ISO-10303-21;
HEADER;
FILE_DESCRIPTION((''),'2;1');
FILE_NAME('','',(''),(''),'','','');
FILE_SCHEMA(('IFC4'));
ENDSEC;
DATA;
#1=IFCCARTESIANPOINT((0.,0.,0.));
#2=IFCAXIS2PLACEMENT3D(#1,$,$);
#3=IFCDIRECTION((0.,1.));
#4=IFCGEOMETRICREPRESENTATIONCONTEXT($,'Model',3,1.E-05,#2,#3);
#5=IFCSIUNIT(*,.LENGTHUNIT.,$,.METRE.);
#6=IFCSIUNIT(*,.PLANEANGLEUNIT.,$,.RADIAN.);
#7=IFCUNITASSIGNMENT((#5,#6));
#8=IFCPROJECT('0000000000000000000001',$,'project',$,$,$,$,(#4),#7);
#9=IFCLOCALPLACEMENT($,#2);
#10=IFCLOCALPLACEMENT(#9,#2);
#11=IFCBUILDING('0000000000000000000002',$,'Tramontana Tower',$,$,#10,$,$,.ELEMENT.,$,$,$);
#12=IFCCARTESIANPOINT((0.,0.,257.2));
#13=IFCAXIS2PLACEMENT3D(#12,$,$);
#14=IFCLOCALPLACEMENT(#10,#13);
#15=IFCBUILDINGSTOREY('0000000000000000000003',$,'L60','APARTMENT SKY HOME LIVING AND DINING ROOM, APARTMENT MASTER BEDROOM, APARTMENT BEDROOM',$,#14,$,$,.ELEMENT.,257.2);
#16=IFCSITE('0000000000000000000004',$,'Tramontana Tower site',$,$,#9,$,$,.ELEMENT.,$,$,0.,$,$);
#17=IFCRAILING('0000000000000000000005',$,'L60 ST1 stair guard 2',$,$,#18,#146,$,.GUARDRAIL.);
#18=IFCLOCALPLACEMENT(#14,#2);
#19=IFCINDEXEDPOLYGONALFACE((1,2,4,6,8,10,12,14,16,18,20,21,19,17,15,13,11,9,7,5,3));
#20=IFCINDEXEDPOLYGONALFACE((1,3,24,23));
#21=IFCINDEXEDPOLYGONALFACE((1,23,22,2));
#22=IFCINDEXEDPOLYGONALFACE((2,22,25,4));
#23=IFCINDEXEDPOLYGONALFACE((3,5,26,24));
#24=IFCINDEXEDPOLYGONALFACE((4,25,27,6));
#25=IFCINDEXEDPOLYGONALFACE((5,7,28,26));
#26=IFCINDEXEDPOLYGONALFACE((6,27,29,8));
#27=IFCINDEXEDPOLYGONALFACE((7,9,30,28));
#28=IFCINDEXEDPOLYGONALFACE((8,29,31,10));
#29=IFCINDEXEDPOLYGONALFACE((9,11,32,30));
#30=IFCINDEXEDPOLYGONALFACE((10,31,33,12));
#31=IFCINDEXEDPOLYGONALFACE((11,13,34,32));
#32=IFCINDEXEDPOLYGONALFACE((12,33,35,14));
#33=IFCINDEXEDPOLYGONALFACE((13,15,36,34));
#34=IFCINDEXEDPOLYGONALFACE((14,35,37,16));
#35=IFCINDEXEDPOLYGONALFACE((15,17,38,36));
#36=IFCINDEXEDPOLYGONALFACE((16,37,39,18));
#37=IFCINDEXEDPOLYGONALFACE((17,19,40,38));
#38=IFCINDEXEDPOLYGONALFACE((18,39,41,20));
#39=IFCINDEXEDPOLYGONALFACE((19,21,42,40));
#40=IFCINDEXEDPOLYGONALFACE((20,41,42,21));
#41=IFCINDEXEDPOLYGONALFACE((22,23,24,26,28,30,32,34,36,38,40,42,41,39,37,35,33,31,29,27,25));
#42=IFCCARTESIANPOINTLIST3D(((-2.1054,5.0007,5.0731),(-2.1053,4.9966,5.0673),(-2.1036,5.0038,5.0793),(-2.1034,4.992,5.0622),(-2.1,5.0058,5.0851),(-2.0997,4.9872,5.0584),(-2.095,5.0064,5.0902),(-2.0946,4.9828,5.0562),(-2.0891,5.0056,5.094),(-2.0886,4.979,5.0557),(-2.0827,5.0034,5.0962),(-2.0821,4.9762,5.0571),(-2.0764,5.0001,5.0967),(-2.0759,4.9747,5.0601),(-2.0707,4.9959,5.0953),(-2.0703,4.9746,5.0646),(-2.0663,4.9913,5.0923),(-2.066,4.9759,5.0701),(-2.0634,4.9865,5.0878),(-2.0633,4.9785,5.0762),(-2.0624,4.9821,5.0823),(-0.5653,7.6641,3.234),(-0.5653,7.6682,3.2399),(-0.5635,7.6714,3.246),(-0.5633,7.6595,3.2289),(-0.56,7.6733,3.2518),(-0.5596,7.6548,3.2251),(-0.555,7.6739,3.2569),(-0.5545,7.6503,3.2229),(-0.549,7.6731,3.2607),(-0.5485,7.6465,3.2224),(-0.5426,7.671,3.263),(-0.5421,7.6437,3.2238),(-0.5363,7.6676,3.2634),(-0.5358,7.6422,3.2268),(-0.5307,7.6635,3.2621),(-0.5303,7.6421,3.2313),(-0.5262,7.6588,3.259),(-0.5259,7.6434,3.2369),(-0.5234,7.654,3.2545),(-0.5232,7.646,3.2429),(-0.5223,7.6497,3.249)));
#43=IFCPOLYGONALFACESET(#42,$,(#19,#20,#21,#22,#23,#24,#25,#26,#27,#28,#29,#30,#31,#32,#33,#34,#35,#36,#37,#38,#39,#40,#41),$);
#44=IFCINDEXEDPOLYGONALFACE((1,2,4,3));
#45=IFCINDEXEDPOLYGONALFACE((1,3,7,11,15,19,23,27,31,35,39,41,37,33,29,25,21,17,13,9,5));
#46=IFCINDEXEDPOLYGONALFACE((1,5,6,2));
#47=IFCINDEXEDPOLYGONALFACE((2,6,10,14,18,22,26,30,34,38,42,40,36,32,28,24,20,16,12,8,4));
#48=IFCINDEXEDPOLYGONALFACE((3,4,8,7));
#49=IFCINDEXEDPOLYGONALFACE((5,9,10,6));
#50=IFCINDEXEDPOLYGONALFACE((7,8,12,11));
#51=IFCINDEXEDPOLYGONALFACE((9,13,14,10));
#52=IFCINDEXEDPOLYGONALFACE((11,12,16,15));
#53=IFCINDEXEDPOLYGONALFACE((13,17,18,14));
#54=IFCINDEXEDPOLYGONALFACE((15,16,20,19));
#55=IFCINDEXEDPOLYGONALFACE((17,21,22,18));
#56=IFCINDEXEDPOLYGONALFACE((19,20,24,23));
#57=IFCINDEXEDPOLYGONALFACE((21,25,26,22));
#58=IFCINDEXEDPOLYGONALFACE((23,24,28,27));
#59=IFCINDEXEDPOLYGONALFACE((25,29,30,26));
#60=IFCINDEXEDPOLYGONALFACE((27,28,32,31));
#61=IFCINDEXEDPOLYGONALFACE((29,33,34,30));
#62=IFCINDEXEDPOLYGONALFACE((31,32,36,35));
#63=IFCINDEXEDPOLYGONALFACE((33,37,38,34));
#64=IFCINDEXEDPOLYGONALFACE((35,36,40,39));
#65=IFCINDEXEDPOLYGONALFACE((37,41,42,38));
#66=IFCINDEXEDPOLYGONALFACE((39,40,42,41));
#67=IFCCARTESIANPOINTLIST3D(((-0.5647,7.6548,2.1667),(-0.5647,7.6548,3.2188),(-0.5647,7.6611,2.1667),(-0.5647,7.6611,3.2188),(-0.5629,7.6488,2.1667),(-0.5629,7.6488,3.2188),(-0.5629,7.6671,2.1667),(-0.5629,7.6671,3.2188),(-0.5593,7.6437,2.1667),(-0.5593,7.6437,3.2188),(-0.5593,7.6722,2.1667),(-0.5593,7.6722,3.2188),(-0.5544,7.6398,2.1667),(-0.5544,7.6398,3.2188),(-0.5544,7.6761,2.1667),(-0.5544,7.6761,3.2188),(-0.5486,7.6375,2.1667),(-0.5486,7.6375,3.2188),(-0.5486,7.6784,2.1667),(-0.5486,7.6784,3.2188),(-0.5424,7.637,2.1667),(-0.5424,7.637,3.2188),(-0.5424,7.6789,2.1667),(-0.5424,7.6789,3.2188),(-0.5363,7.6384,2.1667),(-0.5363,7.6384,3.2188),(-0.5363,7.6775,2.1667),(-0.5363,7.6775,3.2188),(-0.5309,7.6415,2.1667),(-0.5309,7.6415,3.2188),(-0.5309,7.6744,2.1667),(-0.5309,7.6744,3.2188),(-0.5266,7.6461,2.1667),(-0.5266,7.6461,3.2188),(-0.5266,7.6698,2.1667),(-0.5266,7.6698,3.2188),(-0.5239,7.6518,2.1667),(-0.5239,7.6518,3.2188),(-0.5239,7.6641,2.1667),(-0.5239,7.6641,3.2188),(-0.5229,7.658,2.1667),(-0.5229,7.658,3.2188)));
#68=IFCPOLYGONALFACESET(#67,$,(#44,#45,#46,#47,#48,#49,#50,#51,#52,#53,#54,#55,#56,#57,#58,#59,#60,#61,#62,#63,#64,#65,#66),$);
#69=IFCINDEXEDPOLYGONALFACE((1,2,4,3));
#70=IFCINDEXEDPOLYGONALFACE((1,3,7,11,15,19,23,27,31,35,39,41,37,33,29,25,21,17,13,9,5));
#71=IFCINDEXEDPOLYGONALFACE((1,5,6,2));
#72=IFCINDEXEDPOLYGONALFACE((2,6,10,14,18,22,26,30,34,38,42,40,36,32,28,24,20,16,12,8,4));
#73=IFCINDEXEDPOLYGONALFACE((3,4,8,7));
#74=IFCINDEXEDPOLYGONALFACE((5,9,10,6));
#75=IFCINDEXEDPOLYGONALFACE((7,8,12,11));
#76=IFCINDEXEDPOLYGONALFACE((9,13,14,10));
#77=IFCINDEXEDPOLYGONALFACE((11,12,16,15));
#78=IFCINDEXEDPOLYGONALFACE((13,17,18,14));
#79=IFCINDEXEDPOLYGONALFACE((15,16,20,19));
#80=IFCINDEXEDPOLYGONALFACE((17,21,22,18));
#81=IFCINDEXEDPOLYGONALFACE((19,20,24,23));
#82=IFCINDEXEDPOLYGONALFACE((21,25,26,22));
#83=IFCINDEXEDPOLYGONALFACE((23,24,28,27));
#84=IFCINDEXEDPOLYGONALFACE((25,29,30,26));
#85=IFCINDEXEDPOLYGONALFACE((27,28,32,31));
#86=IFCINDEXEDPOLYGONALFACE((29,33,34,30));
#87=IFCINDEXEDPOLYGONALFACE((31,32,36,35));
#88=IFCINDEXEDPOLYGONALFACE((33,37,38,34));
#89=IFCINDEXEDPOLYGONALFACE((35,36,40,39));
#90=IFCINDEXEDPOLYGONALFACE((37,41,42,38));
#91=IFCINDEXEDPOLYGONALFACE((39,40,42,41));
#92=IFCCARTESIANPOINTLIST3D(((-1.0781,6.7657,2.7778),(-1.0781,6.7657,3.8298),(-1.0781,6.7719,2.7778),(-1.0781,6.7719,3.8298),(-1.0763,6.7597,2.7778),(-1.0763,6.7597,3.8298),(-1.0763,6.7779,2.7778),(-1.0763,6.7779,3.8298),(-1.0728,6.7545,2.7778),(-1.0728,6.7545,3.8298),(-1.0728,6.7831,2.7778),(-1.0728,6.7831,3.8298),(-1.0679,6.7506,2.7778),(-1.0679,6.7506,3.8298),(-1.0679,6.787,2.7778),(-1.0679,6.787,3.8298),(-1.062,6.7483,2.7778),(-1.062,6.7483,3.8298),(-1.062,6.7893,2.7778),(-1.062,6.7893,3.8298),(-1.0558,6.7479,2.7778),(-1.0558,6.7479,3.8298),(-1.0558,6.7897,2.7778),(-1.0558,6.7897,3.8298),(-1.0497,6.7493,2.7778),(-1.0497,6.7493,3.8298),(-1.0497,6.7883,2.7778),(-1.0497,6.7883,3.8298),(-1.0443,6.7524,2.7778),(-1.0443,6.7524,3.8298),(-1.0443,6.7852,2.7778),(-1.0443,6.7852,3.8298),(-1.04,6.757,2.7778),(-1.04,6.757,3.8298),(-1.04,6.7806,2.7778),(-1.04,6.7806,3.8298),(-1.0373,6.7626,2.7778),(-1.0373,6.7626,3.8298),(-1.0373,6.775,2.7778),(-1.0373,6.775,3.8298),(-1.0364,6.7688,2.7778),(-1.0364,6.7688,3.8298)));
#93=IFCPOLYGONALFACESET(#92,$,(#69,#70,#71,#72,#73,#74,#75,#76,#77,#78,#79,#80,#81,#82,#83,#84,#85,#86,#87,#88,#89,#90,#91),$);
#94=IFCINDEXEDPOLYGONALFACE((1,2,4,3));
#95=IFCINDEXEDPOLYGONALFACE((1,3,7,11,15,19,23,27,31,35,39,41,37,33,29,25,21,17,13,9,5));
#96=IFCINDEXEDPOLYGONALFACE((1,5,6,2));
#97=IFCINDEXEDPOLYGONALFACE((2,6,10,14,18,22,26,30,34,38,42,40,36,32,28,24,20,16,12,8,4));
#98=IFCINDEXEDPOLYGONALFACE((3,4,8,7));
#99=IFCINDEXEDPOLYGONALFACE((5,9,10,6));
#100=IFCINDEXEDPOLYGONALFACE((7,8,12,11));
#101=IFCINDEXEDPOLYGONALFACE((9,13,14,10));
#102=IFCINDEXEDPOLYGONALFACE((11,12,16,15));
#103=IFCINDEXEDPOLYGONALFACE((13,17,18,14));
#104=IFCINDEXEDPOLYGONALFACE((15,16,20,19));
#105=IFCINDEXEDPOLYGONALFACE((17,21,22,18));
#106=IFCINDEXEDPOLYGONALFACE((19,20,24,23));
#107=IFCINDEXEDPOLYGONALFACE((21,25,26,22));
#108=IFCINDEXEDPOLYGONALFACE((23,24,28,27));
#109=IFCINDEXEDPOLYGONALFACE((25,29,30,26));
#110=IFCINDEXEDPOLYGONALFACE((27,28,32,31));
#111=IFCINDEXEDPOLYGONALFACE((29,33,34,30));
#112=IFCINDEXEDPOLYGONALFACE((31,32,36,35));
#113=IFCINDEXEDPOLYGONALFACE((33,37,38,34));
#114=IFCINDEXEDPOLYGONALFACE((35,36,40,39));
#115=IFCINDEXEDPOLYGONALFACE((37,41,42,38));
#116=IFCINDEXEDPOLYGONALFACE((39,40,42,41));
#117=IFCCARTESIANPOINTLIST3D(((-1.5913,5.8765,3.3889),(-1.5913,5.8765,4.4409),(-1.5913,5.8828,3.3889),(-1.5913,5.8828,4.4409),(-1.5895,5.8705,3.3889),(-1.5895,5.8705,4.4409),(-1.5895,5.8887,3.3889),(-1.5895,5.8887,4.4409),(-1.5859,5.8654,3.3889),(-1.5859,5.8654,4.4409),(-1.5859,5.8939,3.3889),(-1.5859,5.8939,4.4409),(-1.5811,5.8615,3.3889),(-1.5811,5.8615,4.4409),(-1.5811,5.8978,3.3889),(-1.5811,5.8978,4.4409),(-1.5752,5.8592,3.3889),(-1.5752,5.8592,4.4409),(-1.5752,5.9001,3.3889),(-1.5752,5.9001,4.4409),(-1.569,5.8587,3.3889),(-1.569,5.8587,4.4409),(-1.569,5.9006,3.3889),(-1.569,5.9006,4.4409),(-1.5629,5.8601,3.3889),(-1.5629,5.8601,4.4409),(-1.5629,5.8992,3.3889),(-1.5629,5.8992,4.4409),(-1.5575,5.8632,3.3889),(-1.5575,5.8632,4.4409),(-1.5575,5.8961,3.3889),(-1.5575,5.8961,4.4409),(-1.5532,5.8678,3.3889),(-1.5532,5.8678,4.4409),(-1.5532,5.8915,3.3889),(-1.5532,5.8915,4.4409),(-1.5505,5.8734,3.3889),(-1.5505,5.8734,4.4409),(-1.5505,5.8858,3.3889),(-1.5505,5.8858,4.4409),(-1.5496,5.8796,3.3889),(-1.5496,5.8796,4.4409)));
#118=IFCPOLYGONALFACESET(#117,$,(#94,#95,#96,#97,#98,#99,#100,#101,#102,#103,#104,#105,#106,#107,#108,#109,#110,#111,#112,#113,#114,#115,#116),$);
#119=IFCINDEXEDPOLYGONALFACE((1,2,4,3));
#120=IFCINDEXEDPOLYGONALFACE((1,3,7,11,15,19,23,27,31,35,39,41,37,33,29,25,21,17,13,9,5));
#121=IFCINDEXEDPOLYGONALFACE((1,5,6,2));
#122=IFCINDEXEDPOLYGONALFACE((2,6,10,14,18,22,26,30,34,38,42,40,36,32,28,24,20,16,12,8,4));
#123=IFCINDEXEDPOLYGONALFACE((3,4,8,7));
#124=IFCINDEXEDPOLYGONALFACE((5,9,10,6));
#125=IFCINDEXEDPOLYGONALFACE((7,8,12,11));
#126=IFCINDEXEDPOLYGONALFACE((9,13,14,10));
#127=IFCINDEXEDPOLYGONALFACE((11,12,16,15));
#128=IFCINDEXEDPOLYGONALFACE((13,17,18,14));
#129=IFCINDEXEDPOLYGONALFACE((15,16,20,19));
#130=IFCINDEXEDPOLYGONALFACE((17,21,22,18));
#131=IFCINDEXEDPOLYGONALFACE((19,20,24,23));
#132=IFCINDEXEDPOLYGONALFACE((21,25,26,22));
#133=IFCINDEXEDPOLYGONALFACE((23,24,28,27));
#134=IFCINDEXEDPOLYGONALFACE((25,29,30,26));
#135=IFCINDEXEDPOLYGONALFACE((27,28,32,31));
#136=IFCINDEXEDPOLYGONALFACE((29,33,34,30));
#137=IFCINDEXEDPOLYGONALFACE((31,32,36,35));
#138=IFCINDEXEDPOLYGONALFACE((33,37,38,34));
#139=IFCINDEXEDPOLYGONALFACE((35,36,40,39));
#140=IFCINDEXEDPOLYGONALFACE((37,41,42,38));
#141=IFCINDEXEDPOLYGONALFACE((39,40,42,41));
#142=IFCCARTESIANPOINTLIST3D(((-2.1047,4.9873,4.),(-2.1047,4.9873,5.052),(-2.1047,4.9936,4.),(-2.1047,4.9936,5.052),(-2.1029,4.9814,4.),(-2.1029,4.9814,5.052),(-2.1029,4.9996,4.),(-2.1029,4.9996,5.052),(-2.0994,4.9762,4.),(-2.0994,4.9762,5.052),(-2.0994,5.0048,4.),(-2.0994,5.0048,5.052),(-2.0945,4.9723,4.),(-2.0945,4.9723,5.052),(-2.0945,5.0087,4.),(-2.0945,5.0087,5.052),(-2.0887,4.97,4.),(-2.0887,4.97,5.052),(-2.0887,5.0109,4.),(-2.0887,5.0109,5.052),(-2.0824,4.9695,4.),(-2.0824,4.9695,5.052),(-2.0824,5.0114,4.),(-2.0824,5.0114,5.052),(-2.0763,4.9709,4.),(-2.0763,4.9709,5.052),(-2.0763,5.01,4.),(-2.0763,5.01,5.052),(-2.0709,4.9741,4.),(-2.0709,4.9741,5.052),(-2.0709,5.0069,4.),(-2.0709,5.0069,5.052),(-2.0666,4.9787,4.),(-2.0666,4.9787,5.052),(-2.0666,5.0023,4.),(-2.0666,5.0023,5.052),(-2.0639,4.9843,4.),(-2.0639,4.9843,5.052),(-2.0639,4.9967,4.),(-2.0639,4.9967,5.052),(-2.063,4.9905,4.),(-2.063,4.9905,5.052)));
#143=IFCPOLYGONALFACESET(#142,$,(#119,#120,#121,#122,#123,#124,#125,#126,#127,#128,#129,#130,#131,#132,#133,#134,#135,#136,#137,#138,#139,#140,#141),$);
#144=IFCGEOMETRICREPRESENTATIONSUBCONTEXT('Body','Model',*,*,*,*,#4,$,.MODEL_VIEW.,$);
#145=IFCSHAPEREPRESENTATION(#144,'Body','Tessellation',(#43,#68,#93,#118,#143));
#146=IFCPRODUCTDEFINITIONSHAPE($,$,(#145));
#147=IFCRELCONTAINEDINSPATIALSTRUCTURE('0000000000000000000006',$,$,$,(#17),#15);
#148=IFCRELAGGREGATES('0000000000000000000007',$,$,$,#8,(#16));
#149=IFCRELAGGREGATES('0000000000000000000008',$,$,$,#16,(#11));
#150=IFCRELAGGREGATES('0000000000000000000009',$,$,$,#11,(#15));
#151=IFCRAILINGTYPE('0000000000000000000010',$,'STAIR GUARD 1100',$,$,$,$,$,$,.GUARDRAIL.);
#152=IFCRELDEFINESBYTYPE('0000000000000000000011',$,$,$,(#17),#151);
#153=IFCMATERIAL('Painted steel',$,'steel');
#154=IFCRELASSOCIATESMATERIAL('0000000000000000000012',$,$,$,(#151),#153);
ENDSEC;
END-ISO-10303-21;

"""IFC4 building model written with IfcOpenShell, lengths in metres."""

from ifc_helpers import new_model, si_unit, direction, frame, origin, origin_2d, place, context, subcontext, project, spatial, circle, extrude, material, type_object, element, save


model = new_model("IFC4")

# Units and contexts
model_context = context("Model", 3, precision=1e-05, world=origin(), true_north=direction((0.0, 1.0)))
body_context = subcontext(model_context, "Body", "Model", "MODEL_VIEW")
ifc_project = project(units=[si_unit("LENGTHUNIT", "METRE"), si_unit("PLANEANGLEUNIT", "RADIAN")], contexts=[model_context])

# Site, building, storey
site_placement = place(None, origin())
site = spatial("IfcSite", under=ifc_project, at=site_placement, Name="Tramontana Tower site", CompositionType="ELEMENT", RefElevation=0.0)
building_placement = place(site_placement, origin())
building = spatial("IfcBuilding", under=site, at=building_placement, Name="Tramontana Tower", CompositionType="ELEMENT")
storey_placement = place(building_placement, frame((0.0, 0.0, 257.2)))
storey = spatial("IfcBuildingStorey", under=building, at=storey_placement, Name="L60", Description="APARTMENT SKY HOME LIVING AND DINING ROOM, APARTMENT MASTER BEDROOM, APARTMENT BEDROOM", CompositionType="ELEMENT", Elevation=257.2)

# Railing
ifc_material_1 = material(Name="Painted steel", Category="steel")
railing_type_1 = type_object("IfcRailingType", Name="STAIR GUARD 1100", PredefinedType="GUARDRAIL", material=ifc_material_1)
railing_1_placement = place(storey_placement, frame((-0.5439, 7.658, 2.1667)))
element("IfcRailing", 1, at=railing_1_placement, inside=storey, type_object=railing_type_1, Name="L60 ST1 stair guard 2", PredefinedType="GUARDRAIL", context=body_context, shape_type="SweptSolid", body=[
    extrude(circle(Radius=0.0239, at=origin_2d()), frame((0.0, 0.0, 1.0762), z_axis=(-0.429649, -0.74419, 0.511452), x_axis=(0.86603, -0.499992, 0.0)), (0.0, 0.0, 1.0), 3.5845),
    extrude(circle(Radius=0.021, at=origin_2d()), origin(), (0.0, 0.0, 1.0), 1.052),
    extrude(circle(Radius=0.021, at=origin_2d()), frame((-0.5134, -0.8892, 0.6111)), (0.0, 0.0, 1.0), 1.052),
    extrude(circle(Radius=0.021, at=origin_2d()), frame((-1.0266, -1.7783, 1.2222)), (0.0, 0.0, 1.0), 1.052),
    extrude(circle(Radius=0.021, at=origin_2d()), frame((-1.54, -2.6675, 1.8333)), (0.0, 0.0, 1.0), 1.052),
])

save(model, "model.ifc")
